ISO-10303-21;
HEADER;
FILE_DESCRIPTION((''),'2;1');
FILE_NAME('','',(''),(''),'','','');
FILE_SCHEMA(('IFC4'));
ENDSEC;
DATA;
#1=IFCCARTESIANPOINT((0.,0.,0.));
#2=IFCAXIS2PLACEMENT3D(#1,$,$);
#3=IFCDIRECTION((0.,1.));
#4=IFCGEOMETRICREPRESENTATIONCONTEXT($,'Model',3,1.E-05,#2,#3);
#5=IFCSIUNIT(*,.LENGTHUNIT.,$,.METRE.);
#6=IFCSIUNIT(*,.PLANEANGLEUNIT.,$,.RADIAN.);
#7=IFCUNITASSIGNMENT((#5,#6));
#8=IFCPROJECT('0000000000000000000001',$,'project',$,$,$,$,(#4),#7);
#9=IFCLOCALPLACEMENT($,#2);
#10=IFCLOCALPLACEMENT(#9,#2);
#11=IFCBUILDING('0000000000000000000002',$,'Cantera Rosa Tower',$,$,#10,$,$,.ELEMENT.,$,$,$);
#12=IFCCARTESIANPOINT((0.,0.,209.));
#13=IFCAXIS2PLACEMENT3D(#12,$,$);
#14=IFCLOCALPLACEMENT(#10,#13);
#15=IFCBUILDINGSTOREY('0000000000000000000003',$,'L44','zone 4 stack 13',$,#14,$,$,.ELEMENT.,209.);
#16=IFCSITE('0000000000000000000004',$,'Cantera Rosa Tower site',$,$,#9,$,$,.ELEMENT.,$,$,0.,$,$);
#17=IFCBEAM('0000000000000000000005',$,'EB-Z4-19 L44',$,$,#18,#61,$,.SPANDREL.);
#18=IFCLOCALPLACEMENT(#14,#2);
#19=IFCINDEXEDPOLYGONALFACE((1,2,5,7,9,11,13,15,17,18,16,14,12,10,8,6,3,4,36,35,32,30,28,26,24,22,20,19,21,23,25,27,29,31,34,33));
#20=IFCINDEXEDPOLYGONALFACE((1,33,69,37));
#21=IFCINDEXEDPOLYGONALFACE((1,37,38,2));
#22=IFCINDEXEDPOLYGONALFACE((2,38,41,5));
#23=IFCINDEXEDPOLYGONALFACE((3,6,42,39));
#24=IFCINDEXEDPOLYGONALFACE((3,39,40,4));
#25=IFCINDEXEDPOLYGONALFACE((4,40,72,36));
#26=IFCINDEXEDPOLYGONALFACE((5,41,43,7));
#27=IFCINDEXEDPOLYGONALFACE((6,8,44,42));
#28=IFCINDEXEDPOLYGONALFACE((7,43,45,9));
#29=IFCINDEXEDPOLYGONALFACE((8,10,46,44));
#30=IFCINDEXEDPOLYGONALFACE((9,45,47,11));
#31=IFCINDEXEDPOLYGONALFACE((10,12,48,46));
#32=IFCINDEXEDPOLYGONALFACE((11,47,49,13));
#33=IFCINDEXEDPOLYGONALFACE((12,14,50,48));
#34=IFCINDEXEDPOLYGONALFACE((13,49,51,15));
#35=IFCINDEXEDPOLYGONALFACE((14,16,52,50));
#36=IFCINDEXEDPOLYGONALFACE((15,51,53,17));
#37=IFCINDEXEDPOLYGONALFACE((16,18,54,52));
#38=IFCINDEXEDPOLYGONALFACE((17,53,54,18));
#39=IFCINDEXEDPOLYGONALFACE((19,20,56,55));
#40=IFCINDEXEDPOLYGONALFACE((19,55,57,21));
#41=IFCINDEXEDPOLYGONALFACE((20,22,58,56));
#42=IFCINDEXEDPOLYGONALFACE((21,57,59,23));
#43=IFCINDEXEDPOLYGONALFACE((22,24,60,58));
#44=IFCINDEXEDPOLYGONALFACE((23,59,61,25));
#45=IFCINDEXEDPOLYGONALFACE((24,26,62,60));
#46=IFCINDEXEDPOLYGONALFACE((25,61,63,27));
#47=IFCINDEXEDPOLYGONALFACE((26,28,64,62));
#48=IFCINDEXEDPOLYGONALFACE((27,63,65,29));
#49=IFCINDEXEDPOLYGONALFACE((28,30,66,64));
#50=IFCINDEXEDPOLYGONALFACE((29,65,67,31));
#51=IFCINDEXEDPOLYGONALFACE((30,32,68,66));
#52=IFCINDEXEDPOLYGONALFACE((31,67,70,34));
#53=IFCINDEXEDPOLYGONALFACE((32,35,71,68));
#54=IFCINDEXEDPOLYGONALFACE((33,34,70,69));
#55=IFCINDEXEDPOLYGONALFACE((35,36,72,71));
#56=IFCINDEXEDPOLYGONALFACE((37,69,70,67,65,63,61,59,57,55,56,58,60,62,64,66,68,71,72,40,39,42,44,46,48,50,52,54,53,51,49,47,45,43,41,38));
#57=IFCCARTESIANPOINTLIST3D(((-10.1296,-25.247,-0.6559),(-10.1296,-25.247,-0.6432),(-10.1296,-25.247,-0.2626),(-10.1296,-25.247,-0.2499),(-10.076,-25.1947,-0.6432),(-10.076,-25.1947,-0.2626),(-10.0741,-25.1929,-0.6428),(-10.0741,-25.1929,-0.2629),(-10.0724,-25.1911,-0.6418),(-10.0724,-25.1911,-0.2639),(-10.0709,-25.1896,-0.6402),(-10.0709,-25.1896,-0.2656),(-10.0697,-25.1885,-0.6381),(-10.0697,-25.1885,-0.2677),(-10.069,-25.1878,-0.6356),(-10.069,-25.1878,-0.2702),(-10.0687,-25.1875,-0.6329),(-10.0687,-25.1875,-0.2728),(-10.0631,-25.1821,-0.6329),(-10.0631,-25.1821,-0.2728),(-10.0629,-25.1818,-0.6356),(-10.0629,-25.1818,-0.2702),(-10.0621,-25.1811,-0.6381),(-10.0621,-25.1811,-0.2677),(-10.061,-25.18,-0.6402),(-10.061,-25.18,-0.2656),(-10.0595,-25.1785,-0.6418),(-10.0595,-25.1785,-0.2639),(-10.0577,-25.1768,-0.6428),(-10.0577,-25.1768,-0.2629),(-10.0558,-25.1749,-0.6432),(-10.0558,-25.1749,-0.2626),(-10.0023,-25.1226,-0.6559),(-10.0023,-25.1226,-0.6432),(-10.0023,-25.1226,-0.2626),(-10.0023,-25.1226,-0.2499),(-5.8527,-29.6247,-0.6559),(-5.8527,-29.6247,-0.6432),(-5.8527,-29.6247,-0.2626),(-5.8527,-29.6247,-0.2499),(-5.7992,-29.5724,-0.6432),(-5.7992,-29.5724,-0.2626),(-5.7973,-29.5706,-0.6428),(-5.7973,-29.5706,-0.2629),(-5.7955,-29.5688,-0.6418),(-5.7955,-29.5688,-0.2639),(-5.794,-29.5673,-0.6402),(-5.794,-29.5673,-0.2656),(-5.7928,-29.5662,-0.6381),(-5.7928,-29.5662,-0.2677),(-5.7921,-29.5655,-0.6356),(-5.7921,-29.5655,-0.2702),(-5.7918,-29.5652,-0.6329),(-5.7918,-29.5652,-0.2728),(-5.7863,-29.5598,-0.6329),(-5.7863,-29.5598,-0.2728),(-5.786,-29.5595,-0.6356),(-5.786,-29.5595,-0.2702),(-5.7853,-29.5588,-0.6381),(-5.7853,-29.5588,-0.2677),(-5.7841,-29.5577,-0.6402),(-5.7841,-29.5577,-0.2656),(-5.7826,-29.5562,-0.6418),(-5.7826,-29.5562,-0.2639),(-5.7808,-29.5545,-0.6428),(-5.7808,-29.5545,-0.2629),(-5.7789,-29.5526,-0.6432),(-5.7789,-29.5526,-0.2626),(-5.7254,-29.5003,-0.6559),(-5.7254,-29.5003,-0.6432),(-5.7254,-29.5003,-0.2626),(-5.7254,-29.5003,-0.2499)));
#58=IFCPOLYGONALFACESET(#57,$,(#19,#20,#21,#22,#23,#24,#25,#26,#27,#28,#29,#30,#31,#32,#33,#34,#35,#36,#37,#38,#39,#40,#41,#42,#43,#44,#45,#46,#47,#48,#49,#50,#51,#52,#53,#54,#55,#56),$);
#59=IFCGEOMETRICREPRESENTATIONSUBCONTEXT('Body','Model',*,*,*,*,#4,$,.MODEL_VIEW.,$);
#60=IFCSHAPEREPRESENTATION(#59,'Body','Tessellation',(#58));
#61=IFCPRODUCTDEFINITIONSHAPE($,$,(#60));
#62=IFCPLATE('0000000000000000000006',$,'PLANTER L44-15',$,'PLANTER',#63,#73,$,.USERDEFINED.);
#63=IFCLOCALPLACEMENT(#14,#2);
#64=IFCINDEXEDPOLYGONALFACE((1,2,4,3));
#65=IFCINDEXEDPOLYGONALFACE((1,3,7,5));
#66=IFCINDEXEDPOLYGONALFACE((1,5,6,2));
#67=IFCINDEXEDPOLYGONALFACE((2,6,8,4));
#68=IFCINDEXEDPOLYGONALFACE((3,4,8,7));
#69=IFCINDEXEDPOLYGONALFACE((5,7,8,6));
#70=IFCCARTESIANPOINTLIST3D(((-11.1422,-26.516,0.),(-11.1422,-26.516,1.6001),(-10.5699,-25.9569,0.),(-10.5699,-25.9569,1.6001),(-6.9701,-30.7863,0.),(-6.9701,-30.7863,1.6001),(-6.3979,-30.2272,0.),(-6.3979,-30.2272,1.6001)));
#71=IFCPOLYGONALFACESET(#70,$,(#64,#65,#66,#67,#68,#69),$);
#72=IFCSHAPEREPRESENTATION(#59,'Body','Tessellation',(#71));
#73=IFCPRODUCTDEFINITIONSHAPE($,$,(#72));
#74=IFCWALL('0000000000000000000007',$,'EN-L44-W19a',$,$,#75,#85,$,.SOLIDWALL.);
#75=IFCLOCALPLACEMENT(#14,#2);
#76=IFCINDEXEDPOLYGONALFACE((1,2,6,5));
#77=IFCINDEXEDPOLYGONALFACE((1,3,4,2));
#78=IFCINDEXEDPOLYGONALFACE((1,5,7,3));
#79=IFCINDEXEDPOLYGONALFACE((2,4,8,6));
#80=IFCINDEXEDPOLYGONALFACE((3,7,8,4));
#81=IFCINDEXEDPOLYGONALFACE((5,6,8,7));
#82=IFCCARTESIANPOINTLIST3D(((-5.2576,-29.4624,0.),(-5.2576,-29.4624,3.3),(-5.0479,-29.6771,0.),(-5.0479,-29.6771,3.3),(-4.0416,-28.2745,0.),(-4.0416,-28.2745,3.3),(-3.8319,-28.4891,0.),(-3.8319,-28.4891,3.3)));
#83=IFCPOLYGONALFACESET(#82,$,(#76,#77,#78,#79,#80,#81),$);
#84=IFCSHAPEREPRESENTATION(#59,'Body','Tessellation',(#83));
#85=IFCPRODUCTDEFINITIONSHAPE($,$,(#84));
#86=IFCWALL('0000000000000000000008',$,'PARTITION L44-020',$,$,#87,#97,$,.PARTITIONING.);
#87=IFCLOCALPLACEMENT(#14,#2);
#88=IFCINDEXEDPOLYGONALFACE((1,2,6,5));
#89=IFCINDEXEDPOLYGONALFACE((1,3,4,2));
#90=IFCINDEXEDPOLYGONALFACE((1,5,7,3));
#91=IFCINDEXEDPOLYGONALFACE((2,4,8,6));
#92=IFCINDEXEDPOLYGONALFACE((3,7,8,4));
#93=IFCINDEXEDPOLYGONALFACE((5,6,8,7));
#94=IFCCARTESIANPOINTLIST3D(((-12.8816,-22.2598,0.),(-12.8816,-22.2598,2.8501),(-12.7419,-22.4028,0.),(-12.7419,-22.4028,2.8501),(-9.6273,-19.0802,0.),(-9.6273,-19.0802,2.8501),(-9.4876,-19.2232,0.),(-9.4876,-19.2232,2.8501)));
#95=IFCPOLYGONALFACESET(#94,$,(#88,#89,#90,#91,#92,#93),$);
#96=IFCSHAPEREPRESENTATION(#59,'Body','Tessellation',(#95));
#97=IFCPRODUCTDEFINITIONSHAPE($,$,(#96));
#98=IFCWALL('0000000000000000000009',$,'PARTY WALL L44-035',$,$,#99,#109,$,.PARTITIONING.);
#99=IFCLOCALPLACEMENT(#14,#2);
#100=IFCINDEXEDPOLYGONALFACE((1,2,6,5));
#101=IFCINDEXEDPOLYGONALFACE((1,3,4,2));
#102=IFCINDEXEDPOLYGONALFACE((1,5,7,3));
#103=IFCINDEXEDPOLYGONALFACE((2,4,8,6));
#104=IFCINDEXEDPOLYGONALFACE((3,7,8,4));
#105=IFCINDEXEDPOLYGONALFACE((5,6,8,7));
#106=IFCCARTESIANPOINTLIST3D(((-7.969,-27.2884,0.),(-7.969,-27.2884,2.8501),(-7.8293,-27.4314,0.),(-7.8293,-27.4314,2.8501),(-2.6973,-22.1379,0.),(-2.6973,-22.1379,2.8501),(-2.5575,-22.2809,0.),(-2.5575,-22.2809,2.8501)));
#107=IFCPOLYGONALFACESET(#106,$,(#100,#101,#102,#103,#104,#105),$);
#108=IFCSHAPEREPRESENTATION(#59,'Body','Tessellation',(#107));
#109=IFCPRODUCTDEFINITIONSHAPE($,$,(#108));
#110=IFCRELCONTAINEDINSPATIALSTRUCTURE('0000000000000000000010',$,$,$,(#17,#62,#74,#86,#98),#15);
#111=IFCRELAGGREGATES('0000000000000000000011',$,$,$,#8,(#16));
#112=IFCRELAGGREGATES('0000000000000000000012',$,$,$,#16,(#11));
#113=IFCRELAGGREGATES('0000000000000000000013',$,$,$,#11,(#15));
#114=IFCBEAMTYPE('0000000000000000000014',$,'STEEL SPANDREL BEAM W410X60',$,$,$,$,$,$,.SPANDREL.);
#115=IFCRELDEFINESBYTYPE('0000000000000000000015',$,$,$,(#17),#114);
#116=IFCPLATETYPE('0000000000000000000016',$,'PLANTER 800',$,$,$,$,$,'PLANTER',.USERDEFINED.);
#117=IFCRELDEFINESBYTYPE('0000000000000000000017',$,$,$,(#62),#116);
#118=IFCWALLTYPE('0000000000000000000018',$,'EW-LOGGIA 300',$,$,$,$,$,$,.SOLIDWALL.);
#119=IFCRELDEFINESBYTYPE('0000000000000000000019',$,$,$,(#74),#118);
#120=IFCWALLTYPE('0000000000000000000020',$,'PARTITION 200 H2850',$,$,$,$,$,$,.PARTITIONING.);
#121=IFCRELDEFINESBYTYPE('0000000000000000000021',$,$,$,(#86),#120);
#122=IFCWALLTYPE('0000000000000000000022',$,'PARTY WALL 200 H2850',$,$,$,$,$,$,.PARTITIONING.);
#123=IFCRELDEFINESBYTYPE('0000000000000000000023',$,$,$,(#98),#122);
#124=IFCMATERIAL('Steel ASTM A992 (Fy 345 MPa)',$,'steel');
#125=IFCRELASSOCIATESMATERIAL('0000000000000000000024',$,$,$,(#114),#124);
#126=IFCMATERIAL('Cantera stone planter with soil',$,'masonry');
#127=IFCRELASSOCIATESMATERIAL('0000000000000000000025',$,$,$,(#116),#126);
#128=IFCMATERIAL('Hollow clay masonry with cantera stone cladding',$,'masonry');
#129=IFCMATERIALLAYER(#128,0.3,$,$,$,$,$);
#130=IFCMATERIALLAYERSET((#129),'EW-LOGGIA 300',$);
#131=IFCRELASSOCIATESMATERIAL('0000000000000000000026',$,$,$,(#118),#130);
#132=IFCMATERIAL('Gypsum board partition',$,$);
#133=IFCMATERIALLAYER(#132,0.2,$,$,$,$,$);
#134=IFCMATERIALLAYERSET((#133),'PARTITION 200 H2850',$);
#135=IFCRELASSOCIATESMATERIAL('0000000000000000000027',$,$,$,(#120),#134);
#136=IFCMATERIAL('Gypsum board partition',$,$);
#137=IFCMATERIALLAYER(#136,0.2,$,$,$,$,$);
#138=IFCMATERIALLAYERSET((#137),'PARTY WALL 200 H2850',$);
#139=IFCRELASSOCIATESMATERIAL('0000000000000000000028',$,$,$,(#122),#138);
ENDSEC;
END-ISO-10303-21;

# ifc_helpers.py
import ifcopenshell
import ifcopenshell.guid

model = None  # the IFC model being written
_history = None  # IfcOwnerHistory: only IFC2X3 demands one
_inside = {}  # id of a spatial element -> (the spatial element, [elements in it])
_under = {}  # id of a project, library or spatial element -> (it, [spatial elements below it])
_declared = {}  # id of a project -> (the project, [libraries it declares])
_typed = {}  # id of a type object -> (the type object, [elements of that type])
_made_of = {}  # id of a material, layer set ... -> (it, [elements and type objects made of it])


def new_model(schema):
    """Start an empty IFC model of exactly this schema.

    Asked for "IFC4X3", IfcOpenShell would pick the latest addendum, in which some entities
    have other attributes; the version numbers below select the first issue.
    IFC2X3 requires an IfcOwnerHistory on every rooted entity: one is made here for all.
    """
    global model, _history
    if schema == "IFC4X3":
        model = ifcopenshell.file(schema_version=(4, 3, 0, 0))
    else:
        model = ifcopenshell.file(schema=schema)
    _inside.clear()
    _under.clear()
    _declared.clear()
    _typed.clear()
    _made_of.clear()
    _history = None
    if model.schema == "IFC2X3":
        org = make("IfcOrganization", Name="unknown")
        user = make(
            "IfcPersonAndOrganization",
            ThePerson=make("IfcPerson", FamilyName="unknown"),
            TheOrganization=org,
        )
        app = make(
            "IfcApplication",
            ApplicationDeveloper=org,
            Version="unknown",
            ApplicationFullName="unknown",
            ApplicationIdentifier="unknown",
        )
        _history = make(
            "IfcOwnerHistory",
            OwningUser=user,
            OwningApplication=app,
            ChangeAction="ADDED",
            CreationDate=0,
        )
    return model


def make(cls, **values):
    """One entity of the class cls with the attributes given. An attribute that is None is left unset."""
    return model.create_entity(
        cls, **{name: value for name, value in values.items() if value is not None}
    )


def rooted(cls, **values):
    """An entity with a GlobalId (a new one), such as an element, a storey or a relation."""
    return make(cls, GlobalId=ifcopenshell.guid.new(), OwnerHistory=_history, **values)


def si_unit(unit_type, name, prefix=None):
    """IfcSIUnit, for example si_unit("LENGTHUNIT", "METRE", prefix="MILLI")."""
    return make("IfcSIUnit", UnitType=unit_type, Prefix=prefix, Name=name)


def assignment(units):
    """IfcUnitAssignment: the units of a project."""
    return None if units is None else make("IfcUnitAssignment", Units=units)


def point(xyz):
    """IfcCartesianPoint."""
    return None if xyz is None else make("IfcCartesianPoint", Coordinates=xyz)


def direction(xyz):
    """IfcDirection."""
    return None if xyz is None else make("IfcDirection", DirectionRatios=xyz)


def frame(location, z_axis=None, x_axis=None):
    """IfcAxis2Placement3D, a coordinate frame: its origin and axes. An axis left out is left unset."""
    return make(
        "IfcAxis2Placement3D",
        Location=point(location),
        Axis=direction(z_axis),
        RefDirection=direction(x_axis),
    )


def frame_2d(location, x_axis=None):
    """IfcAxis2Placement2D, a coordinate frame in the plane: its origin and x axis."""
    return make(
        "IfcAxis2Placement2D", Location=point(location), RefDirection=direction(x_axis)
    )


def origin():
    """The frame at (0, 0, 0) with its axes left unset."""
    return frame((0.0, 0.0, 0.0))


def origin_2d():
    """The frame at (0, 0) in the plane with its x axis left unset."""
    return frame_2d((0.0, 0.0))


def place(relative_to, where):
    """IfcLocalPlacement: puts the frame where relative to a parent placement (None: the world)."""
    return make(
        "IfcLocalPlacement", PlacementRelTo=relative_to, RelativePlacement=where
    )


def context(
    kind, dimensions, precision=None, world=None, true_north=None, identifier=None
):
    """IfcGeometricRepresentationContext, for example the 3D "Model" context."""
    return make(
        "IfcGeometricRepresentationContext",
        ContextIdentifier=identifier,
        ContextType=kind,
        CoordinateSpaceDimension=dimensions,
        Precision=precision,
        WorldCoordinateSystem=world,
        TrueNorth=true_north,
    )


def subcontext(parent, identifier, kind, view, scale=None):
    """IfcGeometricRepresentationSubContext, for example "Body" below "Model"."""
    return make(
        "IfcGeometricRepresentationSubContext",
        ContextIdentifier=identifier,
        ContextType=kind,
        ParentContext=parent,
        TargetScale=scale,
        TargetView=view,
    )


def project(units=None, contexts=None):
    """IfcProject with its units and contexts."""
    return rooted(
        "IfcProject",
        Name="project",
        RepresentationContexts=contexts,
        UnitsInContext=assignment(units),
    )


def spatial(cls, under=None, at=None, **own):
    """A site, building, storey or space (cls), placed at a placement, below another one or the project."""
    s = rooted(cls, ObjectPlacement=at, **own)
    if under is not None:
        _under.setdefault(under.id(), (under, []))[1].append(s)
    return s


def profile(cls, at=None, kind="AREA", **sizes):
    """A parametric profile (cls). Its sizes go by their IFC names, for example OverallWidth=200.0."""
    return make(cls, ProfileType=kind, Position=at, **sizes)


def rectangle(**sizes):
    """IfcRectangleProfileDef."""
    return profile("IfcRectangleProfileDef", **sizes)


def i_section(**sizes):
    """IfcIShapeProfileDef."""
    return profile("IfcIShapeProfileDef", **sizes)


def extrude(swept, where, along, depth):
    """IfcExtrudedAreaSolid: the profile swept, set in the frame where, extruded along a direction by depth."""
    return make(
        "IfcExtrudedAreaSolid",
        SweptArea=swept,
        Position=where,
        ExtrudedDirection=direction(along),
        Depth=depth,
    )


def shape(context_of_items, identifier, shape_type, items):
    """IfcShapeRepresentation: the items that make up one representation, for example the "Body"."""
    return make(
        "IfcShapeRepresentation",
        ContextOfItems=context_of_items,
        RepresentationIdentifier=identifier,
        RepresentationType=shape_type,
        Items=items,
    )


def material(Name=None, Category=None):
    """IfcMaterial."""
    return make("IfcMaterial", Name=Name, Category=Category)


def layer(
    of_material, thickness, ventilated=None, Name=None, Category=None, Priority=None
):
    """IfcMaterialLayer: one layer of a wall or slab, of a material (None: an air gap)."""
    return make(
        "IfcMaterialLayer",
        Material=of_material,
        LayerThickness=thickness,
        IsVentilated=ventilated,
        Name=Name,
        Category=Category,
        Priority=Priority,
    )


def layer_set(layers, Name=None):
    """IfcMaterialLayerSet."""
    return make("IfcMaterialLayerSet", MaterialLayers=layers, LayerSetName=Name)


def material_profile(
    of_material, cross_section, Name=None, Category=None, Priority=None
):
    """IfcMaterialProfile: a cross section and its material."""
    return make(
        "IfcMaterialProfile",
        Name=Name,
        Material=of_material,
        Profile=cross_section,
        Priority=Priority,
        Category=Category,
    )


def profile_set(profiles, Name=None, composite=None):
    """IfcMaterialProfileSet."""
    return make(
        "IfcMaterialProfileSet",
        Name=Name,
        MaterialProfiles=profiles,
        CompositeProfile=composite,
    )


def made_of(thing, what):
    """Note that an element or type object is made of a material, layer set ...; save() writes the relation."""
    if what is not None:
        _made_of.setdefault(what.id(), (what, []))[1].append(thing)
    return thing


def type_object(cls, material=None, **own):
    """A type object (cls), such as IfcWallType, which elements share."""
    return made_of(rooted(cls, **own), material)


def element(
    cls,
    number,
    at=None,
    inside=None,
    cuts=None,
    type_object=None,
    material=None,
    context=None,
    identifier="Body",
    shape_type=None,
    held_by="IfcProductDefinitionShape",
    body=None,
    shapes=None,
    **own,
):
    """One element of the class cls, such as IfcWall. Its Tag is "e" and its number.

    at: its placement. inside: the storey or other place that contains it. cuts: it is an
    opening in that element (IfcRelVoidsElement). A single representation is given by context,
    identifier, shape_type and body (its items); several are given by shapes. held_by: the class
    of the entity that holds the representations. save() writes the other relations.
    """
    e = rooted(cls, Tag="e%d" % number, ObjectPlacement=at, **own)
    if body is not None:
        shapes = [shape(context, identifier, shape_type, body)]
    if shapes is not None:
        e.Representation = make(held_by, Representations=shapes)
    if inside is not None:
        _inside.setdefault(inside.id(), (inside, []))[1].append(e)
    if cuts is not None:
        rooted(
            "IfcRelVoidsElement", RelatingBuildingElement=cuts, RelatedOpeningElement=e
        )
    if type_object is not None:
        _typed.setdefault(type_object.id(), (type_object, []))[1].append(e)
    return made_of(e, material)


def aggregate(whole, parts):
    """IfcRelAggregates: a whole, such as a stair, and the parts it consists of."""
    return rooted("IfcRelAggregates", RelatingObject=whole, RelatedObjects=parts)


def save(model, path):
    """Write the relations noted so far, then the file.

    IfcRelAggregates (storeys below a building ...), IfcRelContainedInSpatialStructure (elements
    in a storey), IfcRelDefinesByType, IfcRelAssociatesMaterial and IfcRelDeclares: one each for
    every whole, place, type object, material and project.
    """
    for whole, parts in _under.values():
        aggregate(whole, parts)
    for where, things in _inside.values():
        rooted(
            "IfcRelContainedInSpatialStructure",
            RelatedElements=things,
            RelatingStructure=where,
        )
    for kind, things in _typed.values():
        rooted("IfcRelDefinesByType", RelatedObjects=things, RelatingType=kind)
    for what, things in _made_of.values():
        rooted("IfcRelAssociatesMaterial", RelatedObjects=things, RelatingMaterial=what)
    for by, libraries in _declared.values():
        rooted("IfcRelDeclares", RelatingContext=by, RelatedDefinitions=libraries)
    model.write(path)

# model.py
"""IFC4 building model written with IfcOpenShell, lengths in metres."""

from ifc_helpers import new_model, si_unit, direction, frame, frame_2d, origin, origin_2d, place, context, subcontext, project, spatial, rectangle, i_section, extrude, material, layer, layer_set, material_profile, profile_set, type_object, element, save


model = new_model("IFC4")

# Units and contexts
model_context = context("Model", 3, precision=1e-05, world=origin(), true_north=direction((0.0, 1.0)))
body_context = subcontext(model_context, "Body", "Model", "MODEL_VIEW")
ifc_project = project(units=[si_unit("LENGTHUNIT", "METRE"), si_unit("PLANEANGLEUNIT", "RADIAN")], contexts=[model_context])

# Site, building, storey
site_placement = place(None, origin())
site = spatial("IfcSite", under=ifc_project, at=site_placement, Name="Cantera Rosa Tower site", CompositionType="ELEMENT", RefElevation=0.0)
building_placement = place(site_placement, origin())
building = spatial("IfcBuilding", under=site, at=building_placement, Name="Cantera Rosa Tower", CompositionType="ELEMENT")
storey_placement = place(building_placement, frame((0.0, 0.0, 209.0)))
storey = spatial("IfcBuildingStorey", under=building, at=storey_placement, Name="L44", Description="zone 4 stack 13", CompositionType="ELEMENT", Elevation=209.0)

# Beam
ifc_material_1 = material(Name="Steel ASTM A992 (Fy 345 MPa)", Category="steel")
ifc_material_profile_1 = material_profile(ifc_material_1, i_section(OverallWidth=0.178, OverallDepth=0.406, WebThickness=0.0078, FlangeThickness=0.0127, FilletRadius=0.0103, at=origin_2d()), Name="W410X60")
ifc_profile_set_1 = profile_set([ifc_material_profile_1], Name="Steel ASTM A992 (Fy 345 MPa)")
beam_type_1 = type_object("IfcBeamType", Name="STEEL SPANDREL BEAM W410X60", PredefinedType="SPANDREL", material=ifc_profile_set_1)
beam_1_placement = place(storey_placement, frame((-10.0659, -25.1848, -0.4529), z_axis=(0.698821, -0.715296, 0.0), x_axis=(0.715296, 0.698821, 0.0)))
element("IfcBeam", 1, at=beam_1_placement, inside=storey, type_object=beam_type_1, Name="EB-Z4-19 L44", PredefinedType="SPANDREL", context=body_context, shape_type="SweptSolid", body=[
    extrude(i_section(OverallWidth=0.178, OverallDepth=0.406, WebThickness=0.0078, FlangeThickness=0.0127, FilletRadius=0.0103, at=origin_2d()), origin(), (0.0, 0.0, 1.0), 6.1201),
])

# Plate
ifc_material_2 = material(Name="Cantera stone planter with soil", Category="masonry")
plate_type = type_object("IfcPlateType", Name="PLANTER 800", ElementType="PLANTER", PredefinedType="USERDEFINED", material=ifc_material_2)
plate_placement = place(storey_placement, frame((-8.77, -28.3716, 0.0), z_axis=(0.0, 0.0, 1.0), x_axis=(0.698832, -0.715286, 0.0)))
element("IfcPlate", 2, at=plate_placement, inside=storey, type_object=plate_type, Name="PLANTER L44-15", ObjectType="PLANTER", PredefinedType="USERDEFINED", context=body_context, shape_type="SweptSolid", body=[
    extrude(rectangle(XDim=5.97, YDim=0.8, at=origin_2d()), origin(), (0.0, 0.0, 1.0), 1.6001),
])

# Wall
ifc_material_3 = material(Name="Hollow clay masonry with cantera stone cladding", Category="masonry")
ifc_layer_1 = layer(ifc_material_3, 0.3)
ifc_layer_set_1 = layer_set([ifc_layer_1], Name="EW-LOGGIA 300")
wall_type_1 = type_object("IfcWallType", Name="EW-LOGGIA 300", PredefinedType="SOLIDWALL", material=ifc_layer_set_1)
wall_1_placement = place(storey_placement, frame((-5.1528, -29.5698, 0.0), z_axis=(0.0, 0.0, 1.0), x_axis=(0.715316, 0.698801, 0.0)))
element("IfcWall", 3, at=wall_1_placement, inside=storey, type_object=wall_type_1, Name="EN-L44-W19a", PredefinedType="SOLIDWALL", context=body_context, shape_type="SweptSolid", body=[
    extrude(rectangle(XDim=1.7, YDim=0.3, at=frame_2d((0.8501, 0.0))), origin(), (0.0, 0.0, 1.0), 3.3),
])

# Walls
ifc_material_4 = material(Name="Gypsum board partition")
ifc_layer_2 = layer(ifc_material_4, 0.2)
ifc_layer_set_2 = layer_set([ifc_layer_2], Name="PARTITION 200 H2850")
wall_type_2 = type_object("IfcWallType", Name="PARTITION 200 H2850", PredefinedType="PARTITIONING", material=ifc_layer_set_2)
wall_2_placement = place(storey_placement, frame((-12.8118, -22.3313, 0.0), z_axis=(0.0, 0.0, 1.0), x_axis=(0.715269, 0.698849, 0.0)))
element("IfcWall", 4, at=wall_2_placement, inside=storey, type_object=wall_type_2, Name="PARTITION L44-020", PredefinedType="PARTITIONING", context=body_context, shape_type="SweptSolid", body=[
    extrude(rectangle(XDim=4.5498, YDim=0.2, at=frame_2d((2.2749, 0.0))), origin(), (0.0, 0.0, 1.0), 2.8501),
])
ifc_material_5 = material(Name="Gypsum board partition")
ifc_layer_3 = layer(ifc_material_5, 0.2)
ifc_layer_set_3 = layer_set([ifc_layer_3], Name="PARTY WALL 200 H2850")
wall_type_3 = type_object("IfcWallType", Name="PARTY WALL 200 H2850", PredefinedType="PARTITIONING", material=ifc_layer_set_3)
wall_3_placement = place(storey_placement, frame((-7.8992, -27.3599, 0.0), z_axis=(0.0, 0.0, 1.0), x_axis=(0.715291, 0.698827, 0.0)))
element("IfcWall", 5, at=wall_3_placement, inside=storey, type_object=wall_type_3, Name="PARTY WALL L44-035", PredefinedType="PARTITIONING", context=body_context, shape_type="SweptSolid", body=[
    extrude(rectangle(XDim=7.3701, YDim=0.2, at=frame_2d((3.6851, 0.0))), origin(), (0.0, 0.0, 1.0), 2.8501),
])

save(model, "model.ifc")
